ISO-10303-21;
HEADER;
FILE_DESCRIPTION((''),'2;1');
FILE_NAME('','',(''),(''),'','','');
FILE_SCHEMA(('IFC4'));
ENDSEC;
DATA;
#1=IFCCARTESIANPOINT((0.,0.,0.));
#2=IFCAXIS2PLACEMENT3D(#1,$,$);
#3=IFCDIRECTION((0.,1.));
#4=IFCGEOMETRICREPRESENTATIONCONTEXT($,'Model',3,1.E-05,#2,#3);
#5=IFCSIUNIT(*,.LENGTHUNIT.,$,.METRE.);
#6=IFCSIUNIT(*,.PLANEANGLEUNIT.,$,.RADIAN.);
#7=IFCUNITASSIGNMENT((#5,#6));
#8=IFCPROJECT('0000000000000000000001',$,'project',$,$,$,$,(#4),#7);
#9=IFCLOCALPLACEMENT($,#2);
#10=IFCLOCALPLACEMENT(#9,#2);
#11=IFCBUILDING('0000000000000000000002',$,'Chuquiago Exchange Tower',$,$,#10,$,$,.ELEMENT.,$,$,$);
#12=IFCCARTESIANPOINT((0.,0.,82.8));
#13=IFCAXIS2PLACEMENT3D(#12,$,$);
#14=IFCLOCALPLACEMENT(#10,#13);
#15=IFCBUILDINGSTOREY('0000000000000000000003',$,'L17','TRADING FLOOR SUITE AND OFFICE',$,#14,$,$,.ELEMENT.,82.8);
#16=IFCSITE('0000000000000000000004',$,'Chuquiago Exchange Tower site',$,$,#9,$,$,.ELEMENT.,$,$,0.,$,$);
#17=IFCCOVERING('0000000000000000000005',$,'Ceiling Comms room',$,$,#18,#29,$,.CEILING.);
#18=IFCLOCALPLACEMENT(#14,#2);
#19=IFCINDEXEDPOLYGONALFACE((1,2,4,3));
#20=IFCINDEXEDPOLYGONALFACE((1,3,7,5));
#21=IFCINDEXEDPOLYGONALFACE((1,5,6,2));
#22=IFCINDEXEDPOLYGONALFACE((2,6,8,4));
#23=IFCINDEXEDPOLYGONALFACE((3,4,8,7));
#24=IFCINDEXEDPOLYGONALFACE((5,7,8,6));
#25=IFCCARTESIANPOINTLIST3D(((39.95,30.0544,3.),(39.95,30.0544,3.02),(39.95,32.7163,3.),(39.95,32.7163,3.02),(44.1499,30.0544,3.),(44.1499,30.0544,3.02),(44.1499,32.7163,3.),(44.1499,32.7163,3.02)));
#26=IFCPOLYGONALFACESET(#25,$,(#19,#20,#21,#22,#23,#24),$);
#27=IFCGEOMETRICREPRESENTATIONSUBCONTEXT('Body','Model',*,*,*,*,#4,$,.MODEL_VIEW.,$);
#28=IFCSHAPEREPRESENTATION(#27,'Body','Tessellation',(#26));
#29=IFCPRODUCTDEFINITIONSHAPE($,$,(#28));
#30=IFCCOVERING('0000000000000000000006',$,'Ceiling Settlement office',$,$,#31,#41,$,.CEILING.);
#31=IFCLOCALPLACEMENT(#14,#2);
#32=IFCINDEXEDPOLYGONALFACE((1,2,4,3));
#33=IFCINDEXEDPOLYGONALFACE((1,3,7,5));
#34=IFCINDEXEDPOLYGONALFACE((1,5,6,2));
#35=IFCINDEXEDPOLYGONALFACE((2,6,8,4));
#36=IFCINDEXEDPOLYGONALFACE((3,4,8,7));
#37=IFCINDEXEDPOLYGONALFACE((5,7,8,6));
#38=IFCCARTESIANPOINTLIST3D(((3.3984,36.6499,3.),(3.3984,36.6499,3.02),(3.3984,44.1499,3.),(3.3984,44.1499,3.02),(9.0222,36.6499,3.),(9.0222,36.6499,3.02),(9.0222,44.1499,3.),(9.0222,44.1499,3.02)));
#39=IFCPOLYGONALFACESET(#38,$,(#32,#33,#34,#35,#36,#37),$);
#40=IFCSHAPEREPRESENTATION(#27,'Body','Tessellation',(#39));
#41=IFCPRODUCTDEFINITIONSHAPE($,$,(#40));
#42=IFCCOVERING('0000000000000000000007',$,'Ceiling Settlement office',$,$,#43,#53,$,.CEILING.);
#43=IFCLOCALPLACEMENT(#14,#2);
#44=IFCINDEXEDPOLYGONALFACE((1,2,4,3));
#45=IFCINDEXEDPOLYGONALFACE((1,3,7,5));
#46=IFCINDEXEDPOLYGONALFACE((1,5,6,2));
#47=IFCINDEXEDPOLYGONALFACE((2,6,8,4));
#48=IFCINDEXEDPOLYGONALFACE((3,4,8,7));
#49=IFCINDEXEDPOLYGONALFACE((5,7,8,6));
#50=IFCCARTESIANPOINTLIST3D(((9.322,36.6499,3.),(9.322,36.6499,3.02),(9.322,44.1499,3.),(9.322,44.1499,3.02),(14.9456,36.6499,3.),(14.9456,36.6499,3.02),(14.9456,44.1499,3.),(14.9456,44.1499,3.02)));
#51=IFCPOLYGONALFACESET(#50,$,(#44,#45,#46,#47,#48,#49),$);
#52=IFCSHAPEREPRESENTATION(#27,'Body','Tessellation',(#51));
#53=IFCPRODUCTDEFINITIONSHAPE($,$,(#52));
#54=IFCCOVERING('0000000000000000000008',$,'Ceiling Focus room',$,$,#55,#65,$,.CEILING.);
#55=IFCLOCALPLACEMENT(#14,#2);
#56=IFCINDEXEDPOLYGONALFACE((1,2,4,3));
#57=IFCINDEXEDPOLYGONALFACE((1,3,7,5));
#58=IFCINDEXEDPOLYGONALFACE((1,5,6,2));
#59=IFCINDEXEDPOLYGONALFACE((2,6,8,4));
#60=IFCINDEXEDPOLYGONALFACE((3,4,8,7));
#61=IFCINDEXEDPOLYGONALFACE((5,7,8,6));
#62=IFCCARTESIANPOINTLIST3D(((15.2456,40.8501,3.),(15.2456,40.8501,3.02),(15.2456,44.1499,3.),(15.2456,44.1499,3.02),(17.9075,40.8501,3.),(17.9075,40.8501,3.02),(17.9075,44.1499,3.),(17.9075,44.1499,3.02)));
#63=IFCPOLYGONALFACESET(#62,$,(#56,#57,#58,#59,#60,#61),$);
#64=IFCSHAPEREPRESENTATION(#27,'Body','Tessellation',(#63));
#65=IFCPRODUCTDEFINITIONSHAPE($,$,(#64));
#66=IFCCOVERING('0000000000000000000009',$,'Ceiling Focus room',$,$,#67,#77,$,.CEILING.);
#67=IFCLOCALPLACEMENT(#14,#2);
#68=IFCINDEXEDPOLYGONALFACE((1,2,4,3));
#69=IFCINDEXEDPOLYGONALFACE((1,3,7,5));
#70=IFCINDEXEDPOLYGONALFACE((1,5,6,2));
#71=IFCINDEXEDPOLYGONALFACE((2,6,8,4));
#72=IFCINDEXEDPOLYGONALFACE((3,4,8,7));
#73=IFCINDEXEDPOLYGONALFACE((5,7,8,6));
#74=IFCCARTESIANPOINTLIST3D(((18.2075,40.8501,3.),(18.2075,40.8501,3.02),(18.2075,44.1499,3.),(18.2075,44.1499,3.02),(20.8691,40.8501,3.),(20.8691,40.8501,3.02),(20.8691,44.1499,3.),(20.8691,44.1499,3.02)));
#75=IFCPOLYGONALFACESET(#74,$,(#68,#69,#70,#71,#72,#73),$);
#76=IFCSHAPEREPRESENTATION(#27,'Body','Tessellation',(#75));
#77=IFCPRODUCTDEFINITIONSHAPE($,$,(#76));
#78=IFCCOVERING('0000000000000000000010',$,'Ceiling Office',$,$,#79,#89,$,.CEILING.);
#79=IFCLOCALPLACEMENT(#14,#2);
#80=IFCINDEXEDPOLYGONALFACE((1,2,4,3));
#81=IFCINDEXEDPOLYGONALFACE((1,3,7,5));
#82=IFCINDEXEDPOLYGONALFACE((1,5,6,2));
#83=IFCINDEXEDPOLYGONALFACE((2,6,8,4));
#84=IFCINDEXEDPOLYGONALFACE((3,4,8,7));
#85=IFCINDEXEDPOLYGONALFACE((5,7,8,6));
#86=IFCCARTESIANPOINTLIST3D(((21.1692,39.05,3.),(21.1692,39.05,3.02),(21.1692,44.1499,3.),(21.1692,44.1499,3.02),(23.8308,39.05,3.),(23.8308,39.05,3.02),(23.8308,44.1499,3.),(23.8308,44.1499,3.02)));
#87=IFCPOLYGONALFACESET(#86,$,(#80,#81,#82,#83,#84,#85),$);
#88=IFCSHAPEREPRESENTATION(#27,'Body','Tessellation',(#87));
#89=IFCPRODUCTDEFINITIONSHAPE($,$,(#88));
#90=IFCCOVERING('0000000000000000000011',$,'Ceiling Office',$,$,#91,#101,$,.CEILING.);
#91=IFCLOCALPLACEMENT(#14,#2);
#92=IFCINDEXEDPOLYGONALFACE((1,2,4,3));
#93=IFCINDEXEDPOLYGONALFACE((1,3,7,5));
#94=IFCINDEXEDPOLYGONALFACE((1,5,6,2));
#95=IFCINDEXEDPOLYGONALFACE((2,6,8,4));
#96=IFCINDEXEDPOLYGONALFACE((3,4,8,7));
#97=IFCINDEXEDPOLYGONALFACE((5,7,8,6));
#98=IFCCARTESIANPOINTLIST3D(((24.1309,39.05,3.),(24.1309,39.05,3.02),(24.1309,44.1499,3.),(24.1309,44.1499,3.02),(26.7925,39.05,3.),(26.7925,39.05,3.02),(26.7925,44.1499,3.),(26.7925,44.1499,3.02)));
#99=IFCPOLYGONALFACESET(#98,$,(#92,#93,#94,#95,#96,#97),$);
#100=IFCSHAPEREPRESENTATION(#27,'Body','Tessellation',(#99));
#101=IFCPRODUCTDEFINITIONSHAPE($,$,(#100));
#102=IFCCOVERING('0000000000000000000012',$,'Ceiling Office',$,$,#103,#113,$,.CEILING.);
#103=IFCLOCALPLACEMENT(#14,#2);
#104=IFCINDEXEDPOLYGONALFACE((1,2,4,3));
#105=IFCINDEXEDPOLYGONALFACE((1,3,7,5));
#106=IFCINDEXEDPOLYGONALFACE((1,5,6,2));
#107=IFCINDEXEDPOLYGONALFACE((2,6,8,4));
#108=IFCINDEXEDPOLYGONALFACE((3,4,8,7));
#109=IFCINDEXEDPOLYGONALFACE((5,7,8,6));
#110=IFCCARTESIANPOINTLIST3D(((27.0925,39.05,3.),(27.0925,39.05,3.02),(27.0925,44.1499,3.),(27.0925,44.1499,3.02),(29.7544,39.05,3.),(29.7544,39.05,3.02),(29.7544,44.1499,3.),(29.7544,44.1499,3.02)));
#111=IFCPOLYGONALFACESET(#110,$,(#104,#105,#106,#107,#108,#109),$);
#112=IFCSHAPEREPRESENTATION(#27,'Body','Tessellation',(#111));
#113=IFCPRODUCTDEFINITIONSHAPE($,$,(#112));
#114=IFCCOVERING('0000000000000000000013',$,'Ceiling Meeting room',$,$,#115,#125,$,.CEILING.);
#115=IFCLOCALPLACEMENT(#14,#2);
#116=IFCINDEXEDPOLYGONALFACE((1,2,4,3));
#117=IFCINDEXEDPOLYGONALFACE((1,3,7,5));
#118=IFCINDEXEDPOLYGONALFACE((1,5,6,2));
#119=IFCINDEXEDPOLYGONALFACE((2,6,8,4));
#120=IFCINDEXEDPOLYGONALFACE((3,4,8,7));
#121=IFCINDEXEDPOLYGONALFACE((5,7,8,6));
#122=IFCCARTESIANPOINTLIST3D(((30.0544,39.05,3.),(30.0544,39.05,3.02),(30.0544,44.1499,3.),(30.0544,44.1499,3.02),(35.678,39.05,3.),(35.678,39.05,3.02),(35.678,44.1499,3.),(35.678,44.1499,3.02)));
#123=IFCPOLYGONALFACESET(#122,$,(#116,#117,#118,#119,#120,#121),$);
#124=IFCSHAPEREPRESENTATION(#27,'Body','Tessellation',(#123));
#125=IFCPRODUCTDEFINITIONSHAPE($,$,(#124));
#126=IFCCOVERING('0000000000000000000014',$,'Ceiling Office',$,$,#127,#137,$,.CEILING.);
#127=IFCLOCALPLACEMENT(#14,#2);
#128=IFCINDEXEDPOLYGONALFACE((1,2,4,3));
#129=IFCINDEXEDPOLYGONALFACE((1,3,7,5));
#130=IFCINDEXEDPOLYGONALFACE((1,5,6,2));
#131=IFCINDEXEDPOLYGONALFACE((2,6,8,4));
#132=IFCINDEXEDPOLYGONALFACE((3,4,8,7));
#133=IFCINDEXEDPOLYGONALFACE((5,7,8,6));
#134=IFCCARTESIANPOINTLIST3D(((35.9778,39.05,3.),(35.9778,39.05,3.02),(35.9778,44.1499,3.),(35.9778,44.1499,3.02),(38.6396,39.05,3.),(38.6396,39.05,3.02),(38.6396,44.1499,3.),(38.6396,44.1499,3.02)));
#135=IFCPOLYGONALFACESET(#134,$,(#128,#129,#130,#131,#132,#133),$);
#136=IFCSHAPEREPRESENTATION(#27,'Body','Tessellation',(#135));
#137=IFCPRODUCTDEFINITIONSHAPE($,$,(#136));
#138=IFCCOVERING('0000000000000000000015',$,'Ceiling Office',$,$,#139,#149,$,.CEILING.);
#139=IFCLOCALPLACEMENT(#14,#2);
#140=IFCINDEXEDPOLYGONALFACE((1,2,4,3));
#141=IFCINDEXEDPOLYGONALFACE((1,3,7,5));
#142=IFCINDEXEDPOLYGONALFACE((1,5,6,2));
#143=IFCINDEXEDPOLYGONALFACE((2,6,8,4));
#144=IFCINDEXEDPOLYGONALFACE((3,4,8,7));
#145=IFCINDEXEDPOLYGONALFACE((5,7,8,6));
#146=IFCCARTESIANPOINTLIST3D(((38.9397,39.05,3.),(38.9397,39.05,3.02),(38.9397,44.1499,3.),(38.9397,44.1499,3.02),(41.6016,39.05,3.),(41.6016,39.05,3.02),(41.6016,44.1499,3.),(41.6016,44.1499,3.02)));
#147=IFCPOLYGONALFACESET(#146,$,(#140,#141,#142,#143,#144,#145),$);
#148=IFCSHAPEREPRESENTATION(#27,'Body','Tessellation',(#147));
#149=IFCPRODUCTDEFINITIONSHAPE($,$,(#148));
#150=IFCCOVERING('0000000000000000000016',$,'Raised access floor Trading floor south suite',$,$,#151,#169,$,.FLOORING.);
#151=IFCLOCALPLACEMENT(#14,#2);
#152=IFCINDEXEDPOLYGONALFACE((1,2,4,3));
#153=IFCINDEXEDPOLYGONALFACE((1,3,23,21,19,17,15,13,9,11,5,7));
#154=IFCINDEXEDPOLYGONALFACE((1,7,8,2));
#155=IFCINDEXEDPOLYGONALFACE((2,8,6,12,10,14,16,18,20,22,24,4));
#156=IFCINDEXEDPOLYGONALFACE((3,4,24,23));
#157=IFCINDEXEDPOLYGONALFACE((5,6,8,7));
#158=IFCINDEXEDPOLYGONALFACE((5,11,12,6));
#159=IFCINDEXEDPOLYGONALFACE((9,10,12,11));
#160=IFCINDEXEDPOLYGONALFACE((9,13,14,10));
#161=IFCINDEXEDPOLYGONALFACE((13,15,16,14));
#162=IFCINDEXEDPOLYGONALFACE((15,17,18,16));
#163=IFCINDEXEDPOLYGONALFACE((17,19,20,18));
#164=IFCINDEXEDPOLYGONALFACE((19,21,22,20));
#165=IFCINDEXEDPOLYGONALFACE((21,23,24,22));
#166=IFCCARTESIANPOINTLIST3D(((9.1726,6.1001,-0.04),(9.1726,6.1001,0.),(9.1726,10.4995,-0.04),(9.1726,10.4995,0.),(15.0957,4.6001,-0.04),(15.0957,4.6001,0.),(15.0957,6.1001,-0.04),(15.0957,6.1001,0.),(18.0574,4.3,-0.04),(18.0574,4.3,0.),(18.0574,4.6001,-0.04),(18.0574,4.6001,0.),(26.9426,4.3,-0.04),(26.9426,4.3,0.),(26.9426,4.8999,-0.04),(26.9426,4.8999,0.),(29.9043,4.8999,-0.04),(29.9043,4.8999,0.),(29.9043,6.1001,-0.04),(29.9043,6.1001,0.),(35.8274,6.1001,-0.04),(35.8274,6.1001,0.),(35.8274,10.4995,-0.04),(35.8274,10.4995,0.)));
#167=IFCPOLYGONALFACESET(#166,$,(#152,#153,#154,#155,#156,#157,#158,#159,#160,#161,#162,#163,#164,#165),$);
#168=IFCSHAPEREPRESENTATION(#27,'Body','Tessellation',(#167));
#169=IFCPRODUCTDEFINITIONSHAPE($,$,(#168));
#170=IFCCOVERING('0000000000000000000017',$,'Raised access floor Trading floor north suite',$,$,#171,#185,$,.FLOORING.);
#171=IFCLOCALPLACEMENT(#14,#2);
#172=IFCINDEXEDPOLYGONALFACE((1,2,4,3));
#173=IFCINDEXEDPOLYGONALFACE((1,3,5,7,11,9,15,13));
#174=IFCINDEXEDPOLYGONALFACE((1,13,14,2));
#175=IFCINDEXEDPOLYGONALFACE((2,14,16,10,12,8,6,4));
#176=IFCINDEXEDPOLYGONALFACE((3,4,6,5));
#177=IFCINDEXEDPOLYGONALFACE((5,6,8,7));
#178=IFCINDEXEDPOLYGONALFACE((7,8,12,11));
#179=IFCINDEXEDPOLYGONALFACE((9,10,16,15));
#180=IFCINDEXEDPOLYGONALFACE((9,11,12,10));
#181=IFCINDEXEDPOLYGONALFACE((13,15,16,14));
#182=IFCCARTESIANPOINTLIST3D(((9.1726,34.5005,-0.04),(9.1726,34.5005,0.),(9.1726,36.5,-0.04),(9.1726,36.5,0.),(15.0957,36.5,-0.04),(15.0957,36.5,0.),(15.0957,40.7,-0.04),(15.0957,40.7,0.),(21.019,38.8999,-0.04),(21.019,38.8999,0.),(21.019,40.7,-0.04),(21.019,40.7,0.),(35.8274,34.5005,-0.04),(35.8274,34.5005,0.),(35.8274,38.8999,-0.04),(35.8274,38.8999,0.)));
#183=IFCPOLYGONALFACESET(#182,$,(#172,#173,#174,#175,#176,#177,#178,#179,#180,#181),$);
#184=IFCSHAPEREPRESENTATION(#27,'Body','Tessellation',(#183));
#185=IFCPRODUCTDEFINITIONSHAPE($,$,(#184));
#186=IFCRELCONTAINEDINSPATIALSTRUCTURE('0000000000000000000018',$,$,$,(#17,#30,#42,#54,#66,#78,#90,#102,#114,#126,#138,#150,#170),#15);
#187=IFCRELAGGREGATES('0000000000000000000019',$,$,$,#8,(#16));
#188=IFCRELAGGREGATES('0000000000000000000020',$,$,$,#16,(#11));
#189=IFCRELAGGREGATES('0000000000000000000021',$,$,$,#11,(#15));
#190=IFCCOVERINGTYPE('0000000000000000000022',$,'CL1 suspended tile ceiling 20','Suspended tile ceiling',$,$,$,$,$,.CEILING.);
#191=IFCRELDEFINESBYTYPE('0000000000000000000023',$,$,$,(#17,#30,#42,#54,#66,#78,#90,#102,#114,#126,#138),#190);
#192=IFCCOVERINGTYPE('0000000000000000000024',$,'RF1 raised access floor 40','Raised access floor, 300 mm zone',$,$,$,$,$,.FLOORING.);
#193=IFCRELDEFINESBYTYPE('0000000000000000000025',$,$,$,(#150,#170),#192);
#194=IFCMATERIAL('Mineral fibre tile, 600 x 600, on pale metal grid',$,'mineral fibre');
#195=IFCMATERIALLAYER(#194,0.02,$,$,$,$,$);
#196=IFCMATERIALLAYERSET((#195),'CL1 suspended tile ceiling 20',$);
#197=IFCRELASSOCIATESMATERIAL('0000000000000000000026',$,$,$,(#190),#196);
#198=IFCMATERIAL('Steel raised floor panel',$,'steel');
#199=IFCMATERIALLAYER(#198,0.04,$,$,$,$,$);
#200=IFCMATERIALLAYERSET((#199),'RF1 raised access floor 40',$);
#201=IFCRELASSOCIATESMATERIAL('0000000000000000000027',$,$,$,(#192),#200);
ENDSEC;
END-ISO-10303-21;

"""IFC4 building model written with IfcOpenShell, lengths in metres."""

from ifc_helpers import new_model, si_unit, direction, frame, origin, place, context, subcontext, project, spatial, polyline, outline, extrude, material, layer, layer_set, type_object, element, save


model = new_model("IFC4")

# Units and contexts
model_context = context("Model", 3, precision=1e-05, world=origin(), true_north=direction((0.0, 1.0)))
body_context = subcontext(model_context, "Body", "Model", "MODEL_VIEW")
ifc_project = project(units=[si_unit("LENGTHUNIT", "METRE"), si_unit("PLANEANGLEUNIT", "RADIAN")], contexts=[model_context])

# Site, building, storey
site_placement = place(None, origin())
site = spatial("IfcSite", under=ifc_project, at=site_placement, Name="Chuquiago Exchange Tower site", CompositionType="ELEMENT", RefElevation=0.0)
building_placement = place(site_placement, origin())
building = spatial("IfcBuilding", under=site, at=building_placement, Name="Chuquiago Exchange Tower", CompositionType="ELEMENT")
storey_placement = place(building_placement, frame((0.0, 0.0, 82.8)))
storey = spatial("IfcBuildingStorey", under=building, at=storey_placement, Name="L17", Description="TRADING FLOOR SUITE AND OFFICE", CompositionType="ELEMENT", Elevation=82.8)

# Coverings
ifc_material_1 = material(Name="Mineral fibre tile, 600 x 600, on pale metal grid", Category="mineral fibre")
ifc_layer_1 = layer(ifc_material_1, 0.02)
ifc_layer_set_1 = layer_set([ifc_layer_1], Name="CL1 suspended tile ceiling 20")
covering_type_1 = type_object("IfcCoveringType", Name="CL1 suspended tile ceiling 20", Description="Suspended tile ceiling", PredefinedType="CEILING", material=ifc_layer_set_1)
covering_1_placement = place(storey_placement, frame((0.0, 0.0, 3.0)))
element("IfcCovering", 1, at=covering_1_placement, inside=storey, type_object=covering_type_1, Name="Ceiling Comms room", PredefinedType="CEILING", context=body_context, shape_type="SweptSolid", body=[
    extrude(outline(polyline([(39.95, 30.0544), (39.95, 32.7163), (44.1499, 32.7163), (44.1499, 30.0544), (39.95, 30.0544)])), origin(), (0.0, 0.0, 1.0), 0.02),
])
covering_2_placement = place(storey_placement, frame((0.0, 0.0, 3.0)))
element("IfcCovering", 2, at=covering_2_placement, inside=storey, type_object=covering_type_1, Name="Ceiling Settlement office", PredefinedType="CEILING", context=body_context, shape_type="SweptSolid", body=[
    extrude(outline(polyline([(9.0222, 44.1499), (9.0222, 36.6499), (3.3984, 36.6499), (3.3984, 44.1499), (9.0222, 44.1499)])), origin(), (0.0, 0.0, 1.0), 0.02),
])
covering_3_placement = place(storey_placement, frame((0.0, 0.0, 3.0)))
element("IfcCovering", 3, at=covering_3_placement, inside=storey, type_object=covering_type_1, Name="Ceiling Settlement office", PredefinedType="CEILING", context=body_context, shape_type="SweptSolid", body=[
    extrude(outline(polyline([(14.9456, 36.6499), (9.322, 36.6499), (9.322, 44.1499), (14.9456, 44.1499), (14.9456, 36.6499)])), origin(), (0.0, 0.0, 1.0), 0.02),
])
covering_4_placement = place(storey_placement, frame((0.0, 0.0, 3.0)))
element("IfcCovering", 4, at=covering_4_placement, inside=storey, type_object=covering_type_1, Name="Ceiling Focus room", PredefinedType="CEILING", context=body_context, shape_type="SweptSolid", body=[
    extrude(outline(polyline([(17.9075, 40.8501), (15.2456, 40.8501), (15.2456, 44.1499), (17.9075, 44.1499), (17.9075, 40.8501)])), origin(), (0.0, 0.0, 1.0), 0.02),
])
covering_5_placement = place(storey_placement, frame((0.0, 0.0, 3.0)))
element("IfcCovering", 5, at=covering_5_placement, inside=storey, type_object=covering_type_1, Name="Ceiling Focus room", PredefinedType="CEILING", context=body_context, shape_type="SweptSolid", body=[
    extrude(outline(polyline([(20.8691, 40.8501), (18.2075, 40.8501), (18.2075, 44.1499), (20.8691, 44.1499), (20.8691, 40.8501)])), origin(), (0.0, 0.0, 1.0), 0.02),
])
covering_6_placement = place(storey_placement, frame((0.0, 0.0, 3.0)))
element("IfcCovering", 6, at=covering_6_placement, inside=storey, type_object=covering_type_1, Name="Ceiling Office", PredefinedType="CEILING", context=body_context, shape_type="SweptSolid", body=[
    extrude(outline(polyline([(23.8308, 39.05), (21.1692, 39.05), (21.1692, 44.1499), (23.8308, 44.1499), (23.8308, 39.05)])), origin(), (0.0, 0.0, 1.0), 0.02),
])
covering_7_placement = place(storey_placement, frame((0.0, 0.0, 3.0)))
element("IfcCovering", 7, at=covering_7_placement, inside=storey, type_object=covering_type_1, Name="Ceiling Office", PredefinedType="CEILING", context=body_context, shape_type="SweptSolid", body=[
    extrude(outline(polyline([(26.7925, 39.05), (24.1309, 39.05), (24.1309, 44.1499), (26.7925, 44.1499), (26.7925, 39.05)])), origin(), (0.0, 0.0, 1.0), 0.02),
])
covering_8_placement = place(storey_placement, frame((0.0, 0.0, 3.0)))
element("IfcCovering", 8, at=covering_8_placement, inside=storey, type_object=covering_type_1, Name="Ceiling Office", PredefinedType="CEILING", context=body_context, shape_type="SweptSolid", body=[
    extrude(outline(polyline([(29.7544, 39.05), (27.0925, 39.05), (27.0925, 44.1499), (29.7544, 44.1499), (29.7544, 39.05)])), origin(), (0.0, 0.0, 1.0), 0.02),
])
covering_9_placement = place(storey_placement, frame((0.0, 0.0, 3.0)))
element("IfcCovering", 9, at=covering_9_placement, inside=storey, type_object=covering_type_1, Name="Ceiling Meeting room", PredefinedType="CEILING", context=body_context, shape_type="SweptSolid", body=[
    extrude(outline(polyline([(35.678, 39.05), (30.0544, 39.05), (30.0544, 44.1499), (35.678, 44.1499), (35.678, 39.05)])), origin(), (0.0, 0.0, 1.0), 0.02),
])
covering_10_placement = place(storey_placement, frame((0.0, 0.0, 3.0)))
element("IfcCovering", 10, at=covering_10_placement, inside=storey, type_object=covering_type_1, Name="Ceiling Office", PredefinedType="CEILING", context=body_context, shape_type="SweptSolid", body=[
    extrude(outline(polyline([(38.6396, 39.05), (35.9778, 39.05), (35.9778, 44.1499), (38.6396, 44.1499), (38.6396, 39.05)])), origin(), (0.0, 0.0, 1.0), 0.02),
])
covering_11_placement = place(storey_placement, frame((0.0, 0.0, 3.0)))
element("IfcCovering", 11, at=covering_11_placement, inside=storey, type_object=covering_type_1, Name="Ceiling Office", PredefinedType="CEILING", context=body_context, shape_type="SweptSolid", body=[
    extrude(outline(polyline([(41.6016, 39.05), (38.9397, 39.05), (38.9397, 44.1499), (41.6016, 44.1499), (41.6016, 39.05)])), origin(), (0.0, 0.0, 1.0), 0.02),
])
ifc_material_2 = material(Name="Steel raised floor panel", Category="steel")
ifc_layer_2 = layer(ifc_material_2, 0.04)
ifc_layer_set_2 = layer_set([ifc_layer_2], Name="RF1 raised access floor 40")
covering_type_2 = type_object("IfcCoveringType", Name="RF1 raised access floor 40", Description="Raised access floor, 300 mm zone", PredefinedType="FLOORING", material=ifc_layer_set_2)
covering_12_placement = place(storey_placement, frame((0.0, 0.0, -0.04)))
element("IfcCovering", 12, at=covering_12_placement, inside=storey, type_object=covering_type_2, Name="Raised access floor Trading floor south suite", PredefinedType="FLOORING", context=body_context, shape_type="SweptSolid", body=[
    extrude(outline(polyline([(35.8274, 6.1001), (29.9043, 6.1001), (29.9043, 4.8999), (26.9426, 4.8999), (26.9426, 4.3), (18.0574, 4.3), (18.0574, 4.6001), (15.0957, 4.6001), (15.0957, 6.1001), (9.1726, 6.1001), (9.1726, 10.4995), (35.8274, 10.4995), (35.8274, 6.1001)])), origin(), (0.0, 0.0, 1.0), 0.04),
])
covering_13_placement = place(storey_placement, frame((0.0, 0.0, -0.04)))
element("IfcCovering", 13, at=covering_13_placement, inside=storey, type_object=covering_type_2, Name="Raised access floor Trading floor north suite", PredefinedType="FLOORING", context=body_context, shape_type="SweptSolid", body=[
    extrude(outline(polyline([(15.0957, 36.5), (15.0957, 40.7), (21.019, 40.7), (21.019, 38.8999), (35.8274, 38.8999), (35.8274, 34.5005), (9.1726, 34.5005), (9.1726, 36.5), (15.0957, 36.5)])), origin(), (0.0, 0.0, 1.0), 0.04),
])

save(model, "model.ifc")
